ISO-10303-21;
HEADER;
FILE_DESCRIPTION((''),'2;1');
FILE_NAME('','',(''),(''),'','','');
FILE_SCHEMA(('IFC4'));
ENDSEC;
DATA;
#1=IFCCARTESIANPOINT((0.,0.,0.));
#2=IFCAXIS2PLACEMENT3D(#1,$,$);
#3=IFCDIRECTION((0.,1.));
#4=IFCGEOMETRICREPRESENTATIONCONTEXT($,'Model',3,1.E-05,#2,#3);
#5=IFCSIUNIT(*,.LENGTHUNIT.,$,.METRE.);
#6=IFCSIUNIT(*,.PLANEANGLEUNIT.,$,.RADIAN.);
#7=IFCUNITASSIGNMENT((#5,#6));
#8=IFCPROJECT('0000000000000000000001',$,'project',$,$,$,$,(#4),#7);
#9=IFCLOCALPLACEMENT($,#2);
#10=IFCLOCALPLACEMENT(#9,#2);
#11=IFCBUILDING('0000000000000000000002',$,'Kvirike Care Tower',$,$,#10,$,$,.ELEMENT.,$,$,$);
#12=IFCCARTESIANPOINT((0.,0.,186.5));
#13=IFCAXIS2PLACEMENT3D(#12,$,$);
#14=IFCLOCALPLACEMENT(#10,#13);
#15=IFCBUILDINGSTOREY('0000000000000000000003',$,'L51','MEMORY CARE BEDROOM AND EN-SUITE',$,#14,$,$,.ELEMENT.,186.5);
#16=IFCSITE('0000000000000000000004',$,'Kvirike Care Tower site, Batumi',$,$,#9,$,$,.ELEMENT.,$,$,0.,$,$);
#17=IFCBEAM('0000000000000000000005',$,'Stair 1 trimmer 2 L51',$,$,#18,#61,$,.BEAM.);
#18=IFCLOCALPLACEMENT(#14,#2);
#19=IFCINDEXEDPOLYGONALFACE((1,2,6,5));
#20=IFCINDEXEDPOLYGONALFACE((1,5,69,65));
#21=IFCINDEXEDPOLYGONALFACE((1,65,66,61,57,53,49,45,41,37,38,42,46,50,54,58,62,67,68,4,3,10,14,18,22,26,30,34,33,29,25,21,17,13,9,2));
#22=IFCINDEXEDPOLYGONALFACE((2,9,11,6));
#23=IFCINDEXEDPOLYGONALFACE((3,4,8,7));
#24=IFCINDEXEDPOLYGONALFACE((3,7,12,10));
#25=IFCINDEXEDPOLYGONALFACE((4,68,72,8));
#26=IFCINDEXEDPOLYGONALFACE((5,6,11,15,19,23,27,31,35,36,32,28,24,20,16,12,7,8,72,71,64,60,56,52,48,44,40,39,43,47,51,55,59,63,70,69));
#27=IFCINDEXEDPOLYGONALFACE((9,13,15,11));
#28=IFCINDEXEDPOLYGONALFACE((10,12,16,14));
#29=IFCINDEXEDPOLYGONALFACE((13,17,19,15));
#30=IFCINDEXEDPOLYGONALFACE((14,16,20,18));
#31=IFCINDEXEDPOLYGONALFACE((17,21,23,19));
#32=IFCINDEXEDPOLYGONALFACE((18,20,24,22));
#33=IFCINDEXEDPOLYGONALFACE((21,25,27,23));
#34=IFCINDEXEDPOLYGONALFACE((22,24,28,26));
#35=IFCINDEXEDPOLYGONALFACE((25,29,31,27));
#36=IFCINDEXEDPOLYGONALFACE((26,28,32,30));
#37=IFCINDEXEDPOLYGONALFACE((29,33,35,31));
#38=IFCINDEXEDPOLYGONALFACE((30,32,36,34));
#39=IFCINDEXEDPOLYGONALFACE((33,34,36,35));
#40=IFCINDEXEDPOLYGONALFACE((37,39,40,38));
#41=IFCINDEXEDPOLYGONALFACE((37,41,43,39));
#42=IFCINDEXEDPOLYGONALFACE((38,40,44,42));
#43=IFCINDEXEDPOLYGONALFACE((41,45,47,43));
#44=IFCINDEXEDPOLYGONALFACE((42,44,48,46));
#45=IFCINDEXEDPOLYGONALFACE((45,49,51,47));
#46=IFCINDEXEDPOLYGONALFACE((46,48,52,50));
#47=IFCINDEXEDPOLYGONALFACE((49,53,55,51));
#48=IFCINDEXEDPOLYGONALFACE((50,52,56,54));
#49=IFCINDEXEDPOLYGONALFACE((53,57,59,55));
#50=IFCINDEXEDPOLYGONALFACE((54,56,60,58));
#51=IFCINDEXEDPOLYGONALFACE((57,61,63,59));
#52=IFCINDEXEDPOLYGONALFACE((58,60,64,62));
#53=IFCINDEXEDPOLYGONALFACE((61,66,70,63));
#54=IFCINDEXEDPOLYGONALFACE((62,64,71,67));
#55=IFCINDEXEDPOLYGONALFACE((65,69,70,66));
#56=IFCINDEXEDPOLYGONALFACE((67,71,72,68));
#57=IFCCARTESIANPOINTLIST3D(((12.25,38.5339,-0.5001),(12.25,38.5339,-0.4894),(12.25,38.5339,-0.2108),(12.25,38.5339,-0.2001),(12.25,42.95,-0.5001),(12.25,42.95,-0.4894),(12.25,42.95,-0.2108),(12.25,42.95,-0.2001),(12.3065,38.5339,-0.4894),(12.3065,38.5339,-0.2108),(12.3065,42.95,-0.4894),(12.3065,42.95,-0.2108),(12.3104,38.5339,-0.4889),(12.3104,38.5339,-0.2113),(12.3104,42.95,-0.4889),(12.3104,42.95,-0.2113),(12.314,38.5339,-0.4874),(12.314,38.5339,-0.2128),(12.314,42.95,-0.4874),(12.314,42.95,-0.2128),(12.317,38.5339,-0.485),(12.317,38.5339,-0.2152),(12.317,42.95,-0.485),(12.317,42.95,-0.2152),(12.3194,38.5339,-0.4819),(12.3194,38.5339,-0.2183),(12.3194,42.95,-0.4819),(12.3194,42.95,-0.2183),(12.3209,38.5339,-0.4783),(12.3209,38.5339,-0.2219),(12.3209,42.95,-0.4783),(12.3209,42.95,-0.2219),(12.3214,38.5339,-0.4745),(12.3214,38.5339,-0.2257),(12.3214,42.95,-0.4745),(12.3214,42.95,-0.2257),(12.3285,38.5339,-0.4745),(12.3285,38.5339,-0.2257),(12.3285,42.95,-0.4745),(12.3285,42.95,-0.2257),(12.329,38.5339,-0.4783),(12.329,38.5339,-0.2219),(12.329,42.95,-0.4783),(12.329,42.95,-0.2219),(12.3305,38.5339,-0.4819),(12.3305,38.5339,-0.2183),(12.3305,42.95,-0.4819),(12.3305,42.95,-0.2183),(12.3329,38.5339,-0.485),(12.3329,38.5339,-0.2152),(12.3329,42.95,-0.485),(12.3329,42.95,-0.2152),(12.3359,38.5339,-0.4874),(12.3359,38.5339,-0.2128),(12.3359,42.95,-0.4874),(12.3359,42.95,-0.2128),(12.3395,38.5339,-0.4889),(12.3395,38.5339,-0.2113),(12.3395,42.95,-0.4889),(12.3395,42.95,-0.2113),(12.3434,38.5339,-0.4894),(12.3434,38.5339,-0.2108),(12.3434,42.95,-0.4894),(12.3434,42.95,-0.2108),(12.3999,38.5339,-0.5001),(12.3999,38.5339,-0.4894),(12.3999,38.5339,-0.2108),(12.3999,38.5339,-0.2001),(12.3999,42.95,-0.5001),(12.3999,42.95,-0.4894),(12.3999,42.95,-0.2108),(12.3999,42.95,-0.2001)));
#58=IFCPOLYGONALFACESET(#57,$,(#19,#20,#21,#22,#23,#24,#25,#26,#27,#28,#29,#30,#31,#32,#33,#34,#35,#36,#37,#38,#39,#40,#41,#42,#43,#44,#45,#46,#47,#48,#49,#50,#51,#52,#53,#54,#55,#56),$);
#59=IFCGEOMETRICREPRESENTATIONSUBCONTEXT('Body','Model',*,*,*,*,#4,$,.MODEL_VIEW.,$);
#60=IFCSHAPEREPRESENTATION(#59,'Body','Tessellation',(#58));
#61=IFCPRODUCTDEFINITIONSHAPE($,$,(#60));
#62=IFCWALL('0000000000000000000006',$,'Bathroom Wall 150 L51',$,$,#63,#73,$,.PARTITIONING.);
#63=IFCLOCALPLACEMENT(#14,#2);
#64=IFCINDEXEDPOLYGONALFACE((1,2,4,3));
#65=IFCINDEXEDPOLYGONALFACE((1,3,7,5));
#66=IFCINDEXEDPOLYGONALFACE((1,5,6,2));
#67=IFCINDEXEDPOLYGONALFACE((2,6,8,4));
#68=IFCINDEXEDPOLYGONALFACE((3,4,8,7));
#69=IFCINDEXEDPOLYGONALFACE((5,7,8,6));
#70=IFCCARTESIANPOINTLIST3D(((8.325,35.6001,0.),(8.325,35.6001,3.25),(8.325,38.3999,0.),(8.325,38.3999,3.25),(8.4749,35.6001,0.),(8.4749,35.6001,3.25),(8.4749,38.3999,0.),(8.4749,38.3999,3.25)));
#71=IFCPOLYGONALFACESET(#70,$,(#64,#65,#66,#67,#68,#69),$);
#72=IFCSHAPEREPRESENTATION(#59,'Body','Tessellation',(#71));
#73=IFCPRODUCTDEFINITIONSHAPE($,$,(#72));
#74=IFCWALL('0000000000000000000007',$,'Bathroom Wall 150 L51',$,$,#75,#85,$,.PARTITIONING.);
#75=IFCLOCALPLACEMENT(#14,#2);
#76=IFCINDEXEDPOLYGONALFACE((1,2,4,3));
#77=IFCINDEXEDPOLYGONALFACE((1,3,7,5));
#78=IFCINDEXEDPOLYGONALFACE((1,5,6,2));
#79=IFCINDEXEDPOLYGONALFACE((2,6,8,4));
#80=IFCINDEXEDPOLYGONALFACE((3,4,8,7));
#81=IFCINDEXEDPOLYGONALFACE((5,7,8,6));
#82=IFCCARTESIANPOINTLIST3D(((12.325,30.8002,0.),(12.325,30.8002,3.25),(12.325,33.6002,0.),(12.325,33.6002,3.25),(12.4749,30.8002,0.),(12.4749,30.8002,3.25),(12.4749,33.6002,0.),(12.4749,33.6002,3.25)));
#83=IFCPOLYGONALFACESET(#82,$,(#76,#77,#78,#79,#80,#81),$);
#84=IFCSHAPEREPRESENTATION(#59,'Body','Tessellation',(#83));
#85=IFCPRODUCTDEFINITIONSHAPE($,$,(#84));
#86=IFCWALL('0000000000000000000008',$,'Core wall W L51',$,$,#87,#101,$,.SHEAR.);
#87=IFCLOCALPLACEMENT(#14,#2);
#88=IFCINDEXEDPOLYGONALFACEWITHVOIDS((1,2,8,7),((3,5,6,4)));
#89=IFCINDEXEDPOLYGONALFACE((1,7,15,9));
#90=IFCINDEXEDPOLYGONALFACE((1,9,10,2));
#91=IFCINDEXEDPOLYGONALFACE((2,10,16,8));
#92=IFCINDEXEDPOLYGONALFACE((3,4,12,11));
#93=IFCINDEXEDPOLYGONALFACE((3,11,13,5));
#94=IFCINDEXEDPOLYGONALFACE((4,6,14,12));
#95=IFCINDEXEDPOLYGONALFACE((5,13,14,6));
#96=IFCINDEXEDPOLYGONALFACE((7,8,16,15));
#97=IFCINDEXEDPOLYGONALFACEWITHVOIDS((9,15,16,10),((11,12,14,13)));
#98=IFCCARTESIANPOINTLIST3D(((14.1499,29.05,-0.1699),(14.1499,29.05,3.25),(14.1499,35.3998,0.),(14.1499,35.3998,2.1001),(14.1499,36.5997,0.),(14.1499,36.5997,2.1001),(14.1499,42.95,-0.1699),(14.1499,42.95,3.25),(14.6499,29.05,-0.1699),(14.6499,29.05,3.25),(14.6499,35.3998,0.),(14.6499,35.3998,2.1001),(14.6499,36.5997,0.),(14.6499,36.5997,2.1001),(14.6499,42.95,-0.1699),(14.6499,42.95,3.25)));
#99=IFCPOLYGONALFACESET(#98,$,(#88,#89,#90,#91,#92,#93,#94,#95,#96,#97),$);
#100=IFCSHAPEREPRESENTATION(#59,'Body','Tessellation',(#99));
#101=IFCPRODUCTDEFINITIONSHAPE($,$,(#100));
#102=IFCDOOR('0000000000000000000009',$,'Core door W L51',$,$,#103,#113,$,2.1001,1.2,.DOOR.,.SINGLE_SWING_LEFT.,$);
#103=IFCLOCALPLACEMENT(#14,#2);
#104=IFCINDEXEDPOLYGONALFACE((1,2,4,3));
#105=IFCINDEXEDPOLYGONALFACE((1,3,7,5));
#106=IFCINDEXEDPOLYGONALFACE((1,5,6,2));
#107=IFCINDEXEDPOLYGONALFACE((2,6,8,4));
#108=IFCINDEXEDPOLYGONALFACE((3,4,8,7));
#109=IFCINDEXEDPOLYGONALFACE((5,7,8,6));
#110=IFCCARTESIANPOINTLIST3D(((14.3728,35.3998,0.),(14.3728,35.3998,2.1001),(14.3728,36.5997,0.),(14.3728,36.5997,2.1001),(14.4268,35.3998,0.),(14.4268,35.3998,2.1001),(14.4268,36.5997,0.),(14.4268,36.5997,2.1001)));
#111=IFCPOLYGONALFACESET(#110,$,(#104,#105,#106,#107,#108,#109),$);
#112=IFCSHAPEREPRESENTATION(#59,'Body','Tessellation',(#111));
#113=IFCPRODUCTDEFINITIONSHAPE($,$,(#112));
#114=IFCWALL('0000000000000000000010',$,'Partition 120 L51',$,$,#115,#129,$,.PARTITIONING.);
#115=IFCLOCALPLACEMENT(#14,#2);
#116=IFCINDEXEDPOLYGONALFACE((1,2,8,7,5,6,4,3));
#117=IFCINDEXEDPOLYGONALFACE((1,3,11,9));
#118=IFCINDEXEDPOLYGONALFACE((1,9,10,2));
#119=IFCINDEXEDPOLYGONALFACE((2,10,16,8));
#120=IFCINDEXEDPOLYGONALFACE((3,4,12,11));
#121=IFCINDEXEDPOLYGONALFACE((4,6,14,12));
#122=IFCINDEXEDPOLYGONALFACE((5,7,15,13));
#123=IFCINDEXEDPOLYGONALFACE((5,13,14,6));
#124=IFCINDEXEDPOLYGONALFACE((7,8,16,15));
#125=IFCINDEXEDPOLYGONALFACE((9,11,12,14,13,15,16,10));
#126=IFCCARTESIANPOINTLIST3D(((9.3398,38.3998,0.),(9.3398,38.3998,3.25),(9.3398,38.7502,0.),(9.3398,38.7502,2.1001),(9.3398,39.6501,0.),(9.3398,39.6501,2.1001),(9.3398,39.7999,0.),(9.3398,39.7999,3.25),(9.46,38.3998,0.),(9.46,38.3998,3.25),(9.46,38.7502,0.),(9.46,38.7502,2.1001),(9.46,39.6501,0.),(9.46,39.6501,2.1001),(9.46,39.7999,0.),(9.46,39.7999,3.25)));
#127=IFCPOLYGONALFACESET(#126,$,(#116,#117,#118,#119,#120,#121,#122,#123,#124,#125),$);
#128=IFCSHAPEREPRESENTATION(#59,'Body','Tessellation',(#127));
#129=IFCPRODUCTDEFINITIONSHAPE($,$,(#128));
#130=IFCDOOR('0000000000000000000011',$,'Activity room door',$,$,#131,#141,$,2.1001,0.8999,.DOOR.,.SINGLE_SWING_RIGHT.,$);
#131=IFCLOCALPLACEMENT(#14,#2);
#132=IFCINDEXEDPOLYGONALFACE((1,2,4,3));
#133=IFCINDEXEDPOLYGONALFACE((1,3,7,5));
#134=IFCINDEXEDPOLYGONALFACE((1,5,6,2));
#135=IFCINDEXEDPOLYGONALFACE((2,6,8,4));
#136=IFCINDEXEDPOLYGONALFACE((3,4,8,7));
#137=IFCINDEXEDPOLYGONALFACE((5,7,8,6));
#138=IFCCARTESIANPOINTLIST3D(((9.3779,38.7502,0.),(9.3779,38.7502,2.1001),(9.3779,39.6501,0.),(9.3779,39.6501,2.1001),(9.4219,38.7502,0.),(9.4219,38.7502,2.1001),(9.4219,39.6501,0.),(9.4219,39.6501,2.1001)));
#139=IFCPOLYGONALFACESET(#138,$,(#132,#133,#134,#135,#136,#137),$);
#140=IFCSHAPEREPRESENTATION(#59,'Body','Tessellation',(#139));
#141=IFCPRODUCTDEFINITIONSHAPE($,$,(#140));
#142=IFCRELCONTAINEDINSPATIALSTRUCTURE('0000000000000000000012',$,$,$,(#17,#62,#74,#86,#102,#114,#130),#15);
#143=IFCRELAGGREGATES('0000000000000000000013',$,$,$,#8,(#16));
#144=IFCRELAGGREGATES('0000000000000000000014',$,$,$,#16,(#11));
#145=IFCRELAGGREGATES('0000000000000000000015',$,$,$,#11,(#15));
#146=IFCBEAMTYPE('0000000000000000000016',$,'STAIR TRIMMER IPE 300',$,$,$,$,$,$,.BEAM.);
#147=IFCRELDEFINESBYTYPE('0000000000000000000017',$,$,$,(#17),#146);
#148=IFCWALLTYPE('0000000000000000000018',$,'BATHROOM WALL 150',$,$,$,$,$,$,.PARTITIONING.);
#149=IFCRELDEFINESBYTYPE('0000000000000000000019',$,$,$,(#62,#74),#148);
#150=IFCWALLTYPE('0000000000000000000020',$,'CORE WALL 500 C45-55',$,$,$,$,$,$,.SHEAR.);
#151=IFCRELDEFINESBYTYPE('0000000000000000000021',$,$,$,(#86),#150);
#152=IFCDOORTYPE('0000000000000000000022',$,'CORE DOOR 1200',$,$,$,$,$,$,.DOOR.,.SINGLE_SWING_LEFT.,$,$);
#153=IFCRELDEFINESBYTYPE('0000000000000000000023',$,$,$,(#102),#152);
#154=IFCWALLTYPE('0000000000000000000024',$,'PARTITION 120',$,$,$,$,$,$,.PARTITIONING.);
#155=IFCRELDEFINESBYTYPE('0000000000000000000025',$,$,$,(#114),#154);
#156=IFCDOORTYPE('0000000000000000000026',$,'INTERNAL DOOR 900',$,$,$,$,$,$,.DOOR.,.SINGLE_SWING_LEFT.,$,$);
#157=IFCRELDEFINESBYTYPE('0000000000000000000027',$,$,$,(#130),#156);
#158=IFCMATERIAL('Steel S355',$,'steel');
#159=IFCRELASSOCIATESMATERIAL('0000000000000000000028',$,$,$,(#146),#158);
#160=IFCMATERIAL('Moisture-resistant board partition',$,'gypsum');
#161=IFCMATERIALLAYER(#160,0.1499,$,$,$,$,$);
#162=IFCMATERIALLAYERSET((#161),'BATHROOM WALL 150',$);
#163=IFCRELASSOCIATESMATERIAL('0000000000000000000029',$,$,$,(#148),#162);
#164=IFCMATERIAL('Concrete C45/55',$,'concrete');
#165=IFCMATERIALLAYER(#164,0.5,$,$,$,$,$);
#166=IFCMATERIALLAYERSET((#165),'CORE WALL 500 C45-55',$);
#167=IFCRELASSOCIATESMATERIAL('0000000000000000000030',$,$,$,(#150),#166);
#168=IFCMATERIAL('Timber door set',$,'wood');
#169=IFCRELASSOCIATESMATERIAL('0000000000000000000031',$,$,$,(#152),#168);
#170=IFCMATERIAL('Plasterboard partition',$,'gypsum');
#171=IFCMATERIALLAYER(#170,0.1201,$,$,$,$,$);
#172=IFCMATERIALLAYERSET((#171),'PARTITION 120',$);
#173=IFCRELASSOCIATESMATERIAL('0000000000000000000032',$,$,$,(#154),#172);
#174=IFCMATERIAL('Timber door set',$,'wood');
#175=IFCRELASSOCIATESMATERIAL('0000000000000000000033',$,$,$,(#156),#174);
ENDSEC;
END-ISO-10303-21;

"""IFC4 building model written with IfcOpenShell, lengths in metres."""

from ifc_helpers import new_model, si_unit, direction, frame, frame_2d, origin, origin_2d, place, context, subcontext, project, spatial, rectangle, i_section, extrude, material, layer, layer_set, material_profile, profile_set, type_object, element, fill, save


model = new_model("IFC4")

# Units and contexts
model_context = context("Model", 3, precision=1e-05, world=origin(), true_north=direction((0.0, 1.0)))
body_context = subcontext(model_context, "Body", "Model", "MODEL_VIEW")
ifc_project = project(units=[si_unit("LENGTHUNIT", "METRE"), si_unit("PLANEANGLEUNIT", "RADIAN")], contexts=[model_context])

# Site, building, storey
site_placement = place(None, origin())
site = spatial("IfcSite", under=ifc_project, at=site_placement, Name="Kvirike Care Tower site, Batumi", CompositionType="ELEMENT", RefElevation=0.0)
building_placement = place(site_placement, origin())
building = spatial("IfcBuilding", under=site, at=building_placement, Name="Kvirike Care Tower", CompositionType="ELEMENT")
storey_placement = place(building_placement, frame((0.0, 0.0, 186.5)))
storey = spatial("IfcBuildingStorey", under=building, at=storey_placement, Name="L51", Description="MEMORY CARE BEDROOM AND EN-SUITE", CompositionType="ELEMENT", Elevation=186.5)

# Beam
ifc_material_1 = material(Name="Steel S355", Category="steel")
ifc_material_profile_1 = material_profile(ifc_material_1, i_section(OverallWidth=0.1499, OverallDepth=0.3, WebThickness=0.0071, FlangeThickness=0.0107, FilletRadius=0.0149, at=origin_2d()), Name="IPE 300")
ifc_profile_set_1 = profile_set([ifc_material_profile_1], Name="Steel S355")
beam_type_1 = type_object("IfcBeamType", Name="STAIR TRIMMER IPE 300", PredefinedType="BEAM", material=ifc_profile_set_1)
for number, where, z_axis, x_axis, name in (
    (1, (12.325, 42.95, -0.3501), (0.0, -1.0, 0.0), (1.0, 0.0, 0.0), "Stair 1 trimmer 2 L51"),
):
    element("IfcBeam", number, at=place(storey_placement, frame(where, z_axis=z_axis, x_axis=x_axis)), inside=storey, type_object=beam_type_1, Name=name, PredefinedType="BEAM", context=body_context, shape_type="SweptSolid", body=[
        extrude(i_section(OverallWidth=0.1499, OverallDepth=0.3, WebThickness=0.0071, FlangeThickness=0.0107, FilletRadius=0.0149, at=origin_2d()), origin(), (0.0, 0.0, 1.0), 4.416),
    ])

# Walls
ifc_material_2 = material(Name="Moisture-resistant board partition", Category="gypsum")
ifc_layer_1 = layer(ifc_material_2, 0.1499)
ifc_layer_set_1 = layer_set([ifc_layer_1], Name="BATHROOM WALL 150")
wall_type_1 = type_object("IfcWallType", Name="BATHROOM WALL 150", PredefinedType="PARTITIONING", material=ifc_layer_set_1)
wall_1_placement = place(storey_placement, frame((8.3999, 38.3999, 0.0), z_axis=(0.0, 0.0, 1.0), x_axis=(0.0, -1.0, 0.0)))
element("IfcWall", 2, at=wall_1_placement, inside=storey, type_object=wall_type_1, Name="Bathroom Wall 150 L51", PredefinedType="PARTITIONING", context=body_context, shape_type="SweptSolid", body=[
    extrude(rectangle(XDim=2.7998, YDim=0.1499, at=frame_2d((1.3999, 0.0))), origin(), (0.0, 0.0, 1.0), 3.25),
])
wall_2_placement = place(storey_placement, frame((12.3999, 33.6001, 0.0), z_axis=(0.0, 0.0, 1.0), x_axis=(0.0, -1.0, 0.0)))
element("IfcWall", 3, at=wall_2_placement, inside=storey, type_object=wall_type_1, Name="Bathroom Wall 150 L51", PredefinedType="PARTITIONING", context=body_context, shape_type="SweptSolid", body=[
    extrude(rectangle(XDim=2.8, YDim=0.1499, at=frame_2d((1.3999, 0.0))), origin(), (0.0, 0.0, 1.0), 3.25),
])

# Walls, openings, doors
ifc_material_3 = material(Name="Concrete C45/55", Category="concrete")
ifc_layer_2 = layer(ifc_material_3, 0.5)
ifc_layer_set_2 = layer_set([ifc_layer_2], Name="CORE WALL 500 C45-55")
wall_type_2 = type_object("IfcWallType", Name="CORE WALL 500 C45-55", PredefinedType="SHEAR", material=ifc_layer_set_2)
wall_3_placement = place(storey_placement, frame((14.3999, 42.95, -0.1699), z_axis=(0.0, 0.0, 1.0), x_axis=(0.0, -1.0, 0.0)))
wall_3 = element("IfcWall", 4, at=wall_3_placement, inside=storey, type_object=wall_type_2, Name="Core wall W L51", PredefinedType="SHEAR", context=body_context, shape_type="SweptSolid", body=[
    extrude(rectangle(XDim=13.8999, YDim=0.5, at=frame_2d((6.95, 0.0))), origin(), (0.0, 0.0, 1.0), 3.4199),
])
opening_1_placement = place(wall_3_placement, frame((6.3501, 0.0, 0.1699)))
opening_1 = element("IfcOpeningElement", 5, at=opening_1_placement, cuts=wall_3, PredefinedType="OPENING", context=body_context, shape_type="SweptSolid", body=[
    extrude(rectangle(XDim=1.2, YDim=2.1001, at=frame_2d((0.6001, 1.05))), frame((0.0, 0.2605, 0.0), z_axis=(0.0, -1.0, 0.0), x_axis=(1.0, 0.0, 0.0)), (0.0, 0.0, 1.0), 0.521),
])
ifc_material_4 = material(Name="Timber door set", Category="wood")
door_type_1 = type_object("IfcDoorType", Name="CORE DOOR 1200", OperationType="SINGLE_SWING_LEFT", PredefinedType="DOOR", material=ifc_material_4)
door_1_placement = place(opening_1_placement, origin())
door_1 = element("IfcDoor", 6, at=door_1_placement, inside=storey, type_object=door_type_1, Name="Core door W L51", OperationType="SINGLE_SWING_LEFT", OverallHeight=2.1001, OverallWidth=1.2, PredefinedType="DOOR", context=body_context, shape_type="SweptSolid", body=[
    extrude(rectangle(XDim=1.2, YDim=2.1001, at=frame_2d((0.6001, 1.05))), frame((0.0, 0.0269, 0.0), z_axis=(0.0, -1.0, 0.0), x_axis=(1.0, 0.0, 0.0)), (0.0, 0.0, 1.0), 0.054),
])
fill(opening_1, door_1)
ifc_material_5 = material(Name="Plasterboard partition", Category="gypsum")
ifc_layer_3 = layer(ifc_material_5, 0.1201)
ifc_layer_set_3 = layer_set([ifc_layer_3], Name="PARTITION 120")
wall_type_3 = type_object("IfcWallType", Name="PARTITION 120", PredefinedType="PARTITIONING", material=ifc_layer_set_3)
wall_4_placement = place(storey_placement, frame((9.3999, 39.8, 0.0), z_axis=(0.0, 0.0, 1.0), x_axis=(0.0, -1.0, 0.0)))
wall_4 = element("IfcWall", 7, at=wall_4_placement, inside=storey, type_object=wall_type_3, Name="Partition 120 L51", PredefinedType="PARTITIONING", context=body_context, shape_type="SweptSolid", body=[
    extrude(rectangle(XDim=1.4001, YDim=0.1201, at=frame_2d((0.7002, 0.0))), origin(), (0.0, 0.0, 1.0), 3.25),
])
opening_2_placement = place(wall_4_placement, frame((0.1499, 0.0, 0.0)))
opening_2 = element("IfcOpeningElement", 8, at=opening_2_placement, cuts=wall_4, PredefinedType="OPENING", context=body_context, shape_type="SweptSolid", body=[
    extrude(rectangle(XDim=0.8999, YDim=2.1001, at=frame_2d((0.45, 1.05))), frame((0.0, 0.0706, 0.0), z_axis=(0.0, -1.0, 0.0), x_axis=(1.0, 0.0, 0.0)), (0.0, 0.0, 1.0), 0.1411),
])
ifc_material_6 = material(Name="Timber door set", Category="wood")
door_type_2 = type_object("IfcDoorType", Name="INTERNAL DOOR 900", OperationType="SINGLE_SWING_LEFT", PredefinedType="DOOR", material=ifc_material_6)
door_2_placement = place(opening_2_placement, origin())
door_2 = element("IfcDoor", 9, at=door_2_placement, inside=storey, type_object=door_type_2, Name="Activity room door", OperationType="SINGLE_SWING_RIGHT", OverallHeight=2.1001, OverallWidth=0.8999, PredefinedType="DOOR", context=body_context, shape_type="SweptSolid", body=[
    extrude(rectangle(XDim=0.8999, YDim=2.1001, at=frame_2d((0.45, 1.05))), frame((0.0, 0.022, 0.0), z_axis=(0.0, -1.0, 0.0), x_axis=(1.0, 0.0, 0.0)), (0.0, 0.0, 1.0), 0.0439),
])
fill(opening_2, door_2)

save(model, "model.ifc")
